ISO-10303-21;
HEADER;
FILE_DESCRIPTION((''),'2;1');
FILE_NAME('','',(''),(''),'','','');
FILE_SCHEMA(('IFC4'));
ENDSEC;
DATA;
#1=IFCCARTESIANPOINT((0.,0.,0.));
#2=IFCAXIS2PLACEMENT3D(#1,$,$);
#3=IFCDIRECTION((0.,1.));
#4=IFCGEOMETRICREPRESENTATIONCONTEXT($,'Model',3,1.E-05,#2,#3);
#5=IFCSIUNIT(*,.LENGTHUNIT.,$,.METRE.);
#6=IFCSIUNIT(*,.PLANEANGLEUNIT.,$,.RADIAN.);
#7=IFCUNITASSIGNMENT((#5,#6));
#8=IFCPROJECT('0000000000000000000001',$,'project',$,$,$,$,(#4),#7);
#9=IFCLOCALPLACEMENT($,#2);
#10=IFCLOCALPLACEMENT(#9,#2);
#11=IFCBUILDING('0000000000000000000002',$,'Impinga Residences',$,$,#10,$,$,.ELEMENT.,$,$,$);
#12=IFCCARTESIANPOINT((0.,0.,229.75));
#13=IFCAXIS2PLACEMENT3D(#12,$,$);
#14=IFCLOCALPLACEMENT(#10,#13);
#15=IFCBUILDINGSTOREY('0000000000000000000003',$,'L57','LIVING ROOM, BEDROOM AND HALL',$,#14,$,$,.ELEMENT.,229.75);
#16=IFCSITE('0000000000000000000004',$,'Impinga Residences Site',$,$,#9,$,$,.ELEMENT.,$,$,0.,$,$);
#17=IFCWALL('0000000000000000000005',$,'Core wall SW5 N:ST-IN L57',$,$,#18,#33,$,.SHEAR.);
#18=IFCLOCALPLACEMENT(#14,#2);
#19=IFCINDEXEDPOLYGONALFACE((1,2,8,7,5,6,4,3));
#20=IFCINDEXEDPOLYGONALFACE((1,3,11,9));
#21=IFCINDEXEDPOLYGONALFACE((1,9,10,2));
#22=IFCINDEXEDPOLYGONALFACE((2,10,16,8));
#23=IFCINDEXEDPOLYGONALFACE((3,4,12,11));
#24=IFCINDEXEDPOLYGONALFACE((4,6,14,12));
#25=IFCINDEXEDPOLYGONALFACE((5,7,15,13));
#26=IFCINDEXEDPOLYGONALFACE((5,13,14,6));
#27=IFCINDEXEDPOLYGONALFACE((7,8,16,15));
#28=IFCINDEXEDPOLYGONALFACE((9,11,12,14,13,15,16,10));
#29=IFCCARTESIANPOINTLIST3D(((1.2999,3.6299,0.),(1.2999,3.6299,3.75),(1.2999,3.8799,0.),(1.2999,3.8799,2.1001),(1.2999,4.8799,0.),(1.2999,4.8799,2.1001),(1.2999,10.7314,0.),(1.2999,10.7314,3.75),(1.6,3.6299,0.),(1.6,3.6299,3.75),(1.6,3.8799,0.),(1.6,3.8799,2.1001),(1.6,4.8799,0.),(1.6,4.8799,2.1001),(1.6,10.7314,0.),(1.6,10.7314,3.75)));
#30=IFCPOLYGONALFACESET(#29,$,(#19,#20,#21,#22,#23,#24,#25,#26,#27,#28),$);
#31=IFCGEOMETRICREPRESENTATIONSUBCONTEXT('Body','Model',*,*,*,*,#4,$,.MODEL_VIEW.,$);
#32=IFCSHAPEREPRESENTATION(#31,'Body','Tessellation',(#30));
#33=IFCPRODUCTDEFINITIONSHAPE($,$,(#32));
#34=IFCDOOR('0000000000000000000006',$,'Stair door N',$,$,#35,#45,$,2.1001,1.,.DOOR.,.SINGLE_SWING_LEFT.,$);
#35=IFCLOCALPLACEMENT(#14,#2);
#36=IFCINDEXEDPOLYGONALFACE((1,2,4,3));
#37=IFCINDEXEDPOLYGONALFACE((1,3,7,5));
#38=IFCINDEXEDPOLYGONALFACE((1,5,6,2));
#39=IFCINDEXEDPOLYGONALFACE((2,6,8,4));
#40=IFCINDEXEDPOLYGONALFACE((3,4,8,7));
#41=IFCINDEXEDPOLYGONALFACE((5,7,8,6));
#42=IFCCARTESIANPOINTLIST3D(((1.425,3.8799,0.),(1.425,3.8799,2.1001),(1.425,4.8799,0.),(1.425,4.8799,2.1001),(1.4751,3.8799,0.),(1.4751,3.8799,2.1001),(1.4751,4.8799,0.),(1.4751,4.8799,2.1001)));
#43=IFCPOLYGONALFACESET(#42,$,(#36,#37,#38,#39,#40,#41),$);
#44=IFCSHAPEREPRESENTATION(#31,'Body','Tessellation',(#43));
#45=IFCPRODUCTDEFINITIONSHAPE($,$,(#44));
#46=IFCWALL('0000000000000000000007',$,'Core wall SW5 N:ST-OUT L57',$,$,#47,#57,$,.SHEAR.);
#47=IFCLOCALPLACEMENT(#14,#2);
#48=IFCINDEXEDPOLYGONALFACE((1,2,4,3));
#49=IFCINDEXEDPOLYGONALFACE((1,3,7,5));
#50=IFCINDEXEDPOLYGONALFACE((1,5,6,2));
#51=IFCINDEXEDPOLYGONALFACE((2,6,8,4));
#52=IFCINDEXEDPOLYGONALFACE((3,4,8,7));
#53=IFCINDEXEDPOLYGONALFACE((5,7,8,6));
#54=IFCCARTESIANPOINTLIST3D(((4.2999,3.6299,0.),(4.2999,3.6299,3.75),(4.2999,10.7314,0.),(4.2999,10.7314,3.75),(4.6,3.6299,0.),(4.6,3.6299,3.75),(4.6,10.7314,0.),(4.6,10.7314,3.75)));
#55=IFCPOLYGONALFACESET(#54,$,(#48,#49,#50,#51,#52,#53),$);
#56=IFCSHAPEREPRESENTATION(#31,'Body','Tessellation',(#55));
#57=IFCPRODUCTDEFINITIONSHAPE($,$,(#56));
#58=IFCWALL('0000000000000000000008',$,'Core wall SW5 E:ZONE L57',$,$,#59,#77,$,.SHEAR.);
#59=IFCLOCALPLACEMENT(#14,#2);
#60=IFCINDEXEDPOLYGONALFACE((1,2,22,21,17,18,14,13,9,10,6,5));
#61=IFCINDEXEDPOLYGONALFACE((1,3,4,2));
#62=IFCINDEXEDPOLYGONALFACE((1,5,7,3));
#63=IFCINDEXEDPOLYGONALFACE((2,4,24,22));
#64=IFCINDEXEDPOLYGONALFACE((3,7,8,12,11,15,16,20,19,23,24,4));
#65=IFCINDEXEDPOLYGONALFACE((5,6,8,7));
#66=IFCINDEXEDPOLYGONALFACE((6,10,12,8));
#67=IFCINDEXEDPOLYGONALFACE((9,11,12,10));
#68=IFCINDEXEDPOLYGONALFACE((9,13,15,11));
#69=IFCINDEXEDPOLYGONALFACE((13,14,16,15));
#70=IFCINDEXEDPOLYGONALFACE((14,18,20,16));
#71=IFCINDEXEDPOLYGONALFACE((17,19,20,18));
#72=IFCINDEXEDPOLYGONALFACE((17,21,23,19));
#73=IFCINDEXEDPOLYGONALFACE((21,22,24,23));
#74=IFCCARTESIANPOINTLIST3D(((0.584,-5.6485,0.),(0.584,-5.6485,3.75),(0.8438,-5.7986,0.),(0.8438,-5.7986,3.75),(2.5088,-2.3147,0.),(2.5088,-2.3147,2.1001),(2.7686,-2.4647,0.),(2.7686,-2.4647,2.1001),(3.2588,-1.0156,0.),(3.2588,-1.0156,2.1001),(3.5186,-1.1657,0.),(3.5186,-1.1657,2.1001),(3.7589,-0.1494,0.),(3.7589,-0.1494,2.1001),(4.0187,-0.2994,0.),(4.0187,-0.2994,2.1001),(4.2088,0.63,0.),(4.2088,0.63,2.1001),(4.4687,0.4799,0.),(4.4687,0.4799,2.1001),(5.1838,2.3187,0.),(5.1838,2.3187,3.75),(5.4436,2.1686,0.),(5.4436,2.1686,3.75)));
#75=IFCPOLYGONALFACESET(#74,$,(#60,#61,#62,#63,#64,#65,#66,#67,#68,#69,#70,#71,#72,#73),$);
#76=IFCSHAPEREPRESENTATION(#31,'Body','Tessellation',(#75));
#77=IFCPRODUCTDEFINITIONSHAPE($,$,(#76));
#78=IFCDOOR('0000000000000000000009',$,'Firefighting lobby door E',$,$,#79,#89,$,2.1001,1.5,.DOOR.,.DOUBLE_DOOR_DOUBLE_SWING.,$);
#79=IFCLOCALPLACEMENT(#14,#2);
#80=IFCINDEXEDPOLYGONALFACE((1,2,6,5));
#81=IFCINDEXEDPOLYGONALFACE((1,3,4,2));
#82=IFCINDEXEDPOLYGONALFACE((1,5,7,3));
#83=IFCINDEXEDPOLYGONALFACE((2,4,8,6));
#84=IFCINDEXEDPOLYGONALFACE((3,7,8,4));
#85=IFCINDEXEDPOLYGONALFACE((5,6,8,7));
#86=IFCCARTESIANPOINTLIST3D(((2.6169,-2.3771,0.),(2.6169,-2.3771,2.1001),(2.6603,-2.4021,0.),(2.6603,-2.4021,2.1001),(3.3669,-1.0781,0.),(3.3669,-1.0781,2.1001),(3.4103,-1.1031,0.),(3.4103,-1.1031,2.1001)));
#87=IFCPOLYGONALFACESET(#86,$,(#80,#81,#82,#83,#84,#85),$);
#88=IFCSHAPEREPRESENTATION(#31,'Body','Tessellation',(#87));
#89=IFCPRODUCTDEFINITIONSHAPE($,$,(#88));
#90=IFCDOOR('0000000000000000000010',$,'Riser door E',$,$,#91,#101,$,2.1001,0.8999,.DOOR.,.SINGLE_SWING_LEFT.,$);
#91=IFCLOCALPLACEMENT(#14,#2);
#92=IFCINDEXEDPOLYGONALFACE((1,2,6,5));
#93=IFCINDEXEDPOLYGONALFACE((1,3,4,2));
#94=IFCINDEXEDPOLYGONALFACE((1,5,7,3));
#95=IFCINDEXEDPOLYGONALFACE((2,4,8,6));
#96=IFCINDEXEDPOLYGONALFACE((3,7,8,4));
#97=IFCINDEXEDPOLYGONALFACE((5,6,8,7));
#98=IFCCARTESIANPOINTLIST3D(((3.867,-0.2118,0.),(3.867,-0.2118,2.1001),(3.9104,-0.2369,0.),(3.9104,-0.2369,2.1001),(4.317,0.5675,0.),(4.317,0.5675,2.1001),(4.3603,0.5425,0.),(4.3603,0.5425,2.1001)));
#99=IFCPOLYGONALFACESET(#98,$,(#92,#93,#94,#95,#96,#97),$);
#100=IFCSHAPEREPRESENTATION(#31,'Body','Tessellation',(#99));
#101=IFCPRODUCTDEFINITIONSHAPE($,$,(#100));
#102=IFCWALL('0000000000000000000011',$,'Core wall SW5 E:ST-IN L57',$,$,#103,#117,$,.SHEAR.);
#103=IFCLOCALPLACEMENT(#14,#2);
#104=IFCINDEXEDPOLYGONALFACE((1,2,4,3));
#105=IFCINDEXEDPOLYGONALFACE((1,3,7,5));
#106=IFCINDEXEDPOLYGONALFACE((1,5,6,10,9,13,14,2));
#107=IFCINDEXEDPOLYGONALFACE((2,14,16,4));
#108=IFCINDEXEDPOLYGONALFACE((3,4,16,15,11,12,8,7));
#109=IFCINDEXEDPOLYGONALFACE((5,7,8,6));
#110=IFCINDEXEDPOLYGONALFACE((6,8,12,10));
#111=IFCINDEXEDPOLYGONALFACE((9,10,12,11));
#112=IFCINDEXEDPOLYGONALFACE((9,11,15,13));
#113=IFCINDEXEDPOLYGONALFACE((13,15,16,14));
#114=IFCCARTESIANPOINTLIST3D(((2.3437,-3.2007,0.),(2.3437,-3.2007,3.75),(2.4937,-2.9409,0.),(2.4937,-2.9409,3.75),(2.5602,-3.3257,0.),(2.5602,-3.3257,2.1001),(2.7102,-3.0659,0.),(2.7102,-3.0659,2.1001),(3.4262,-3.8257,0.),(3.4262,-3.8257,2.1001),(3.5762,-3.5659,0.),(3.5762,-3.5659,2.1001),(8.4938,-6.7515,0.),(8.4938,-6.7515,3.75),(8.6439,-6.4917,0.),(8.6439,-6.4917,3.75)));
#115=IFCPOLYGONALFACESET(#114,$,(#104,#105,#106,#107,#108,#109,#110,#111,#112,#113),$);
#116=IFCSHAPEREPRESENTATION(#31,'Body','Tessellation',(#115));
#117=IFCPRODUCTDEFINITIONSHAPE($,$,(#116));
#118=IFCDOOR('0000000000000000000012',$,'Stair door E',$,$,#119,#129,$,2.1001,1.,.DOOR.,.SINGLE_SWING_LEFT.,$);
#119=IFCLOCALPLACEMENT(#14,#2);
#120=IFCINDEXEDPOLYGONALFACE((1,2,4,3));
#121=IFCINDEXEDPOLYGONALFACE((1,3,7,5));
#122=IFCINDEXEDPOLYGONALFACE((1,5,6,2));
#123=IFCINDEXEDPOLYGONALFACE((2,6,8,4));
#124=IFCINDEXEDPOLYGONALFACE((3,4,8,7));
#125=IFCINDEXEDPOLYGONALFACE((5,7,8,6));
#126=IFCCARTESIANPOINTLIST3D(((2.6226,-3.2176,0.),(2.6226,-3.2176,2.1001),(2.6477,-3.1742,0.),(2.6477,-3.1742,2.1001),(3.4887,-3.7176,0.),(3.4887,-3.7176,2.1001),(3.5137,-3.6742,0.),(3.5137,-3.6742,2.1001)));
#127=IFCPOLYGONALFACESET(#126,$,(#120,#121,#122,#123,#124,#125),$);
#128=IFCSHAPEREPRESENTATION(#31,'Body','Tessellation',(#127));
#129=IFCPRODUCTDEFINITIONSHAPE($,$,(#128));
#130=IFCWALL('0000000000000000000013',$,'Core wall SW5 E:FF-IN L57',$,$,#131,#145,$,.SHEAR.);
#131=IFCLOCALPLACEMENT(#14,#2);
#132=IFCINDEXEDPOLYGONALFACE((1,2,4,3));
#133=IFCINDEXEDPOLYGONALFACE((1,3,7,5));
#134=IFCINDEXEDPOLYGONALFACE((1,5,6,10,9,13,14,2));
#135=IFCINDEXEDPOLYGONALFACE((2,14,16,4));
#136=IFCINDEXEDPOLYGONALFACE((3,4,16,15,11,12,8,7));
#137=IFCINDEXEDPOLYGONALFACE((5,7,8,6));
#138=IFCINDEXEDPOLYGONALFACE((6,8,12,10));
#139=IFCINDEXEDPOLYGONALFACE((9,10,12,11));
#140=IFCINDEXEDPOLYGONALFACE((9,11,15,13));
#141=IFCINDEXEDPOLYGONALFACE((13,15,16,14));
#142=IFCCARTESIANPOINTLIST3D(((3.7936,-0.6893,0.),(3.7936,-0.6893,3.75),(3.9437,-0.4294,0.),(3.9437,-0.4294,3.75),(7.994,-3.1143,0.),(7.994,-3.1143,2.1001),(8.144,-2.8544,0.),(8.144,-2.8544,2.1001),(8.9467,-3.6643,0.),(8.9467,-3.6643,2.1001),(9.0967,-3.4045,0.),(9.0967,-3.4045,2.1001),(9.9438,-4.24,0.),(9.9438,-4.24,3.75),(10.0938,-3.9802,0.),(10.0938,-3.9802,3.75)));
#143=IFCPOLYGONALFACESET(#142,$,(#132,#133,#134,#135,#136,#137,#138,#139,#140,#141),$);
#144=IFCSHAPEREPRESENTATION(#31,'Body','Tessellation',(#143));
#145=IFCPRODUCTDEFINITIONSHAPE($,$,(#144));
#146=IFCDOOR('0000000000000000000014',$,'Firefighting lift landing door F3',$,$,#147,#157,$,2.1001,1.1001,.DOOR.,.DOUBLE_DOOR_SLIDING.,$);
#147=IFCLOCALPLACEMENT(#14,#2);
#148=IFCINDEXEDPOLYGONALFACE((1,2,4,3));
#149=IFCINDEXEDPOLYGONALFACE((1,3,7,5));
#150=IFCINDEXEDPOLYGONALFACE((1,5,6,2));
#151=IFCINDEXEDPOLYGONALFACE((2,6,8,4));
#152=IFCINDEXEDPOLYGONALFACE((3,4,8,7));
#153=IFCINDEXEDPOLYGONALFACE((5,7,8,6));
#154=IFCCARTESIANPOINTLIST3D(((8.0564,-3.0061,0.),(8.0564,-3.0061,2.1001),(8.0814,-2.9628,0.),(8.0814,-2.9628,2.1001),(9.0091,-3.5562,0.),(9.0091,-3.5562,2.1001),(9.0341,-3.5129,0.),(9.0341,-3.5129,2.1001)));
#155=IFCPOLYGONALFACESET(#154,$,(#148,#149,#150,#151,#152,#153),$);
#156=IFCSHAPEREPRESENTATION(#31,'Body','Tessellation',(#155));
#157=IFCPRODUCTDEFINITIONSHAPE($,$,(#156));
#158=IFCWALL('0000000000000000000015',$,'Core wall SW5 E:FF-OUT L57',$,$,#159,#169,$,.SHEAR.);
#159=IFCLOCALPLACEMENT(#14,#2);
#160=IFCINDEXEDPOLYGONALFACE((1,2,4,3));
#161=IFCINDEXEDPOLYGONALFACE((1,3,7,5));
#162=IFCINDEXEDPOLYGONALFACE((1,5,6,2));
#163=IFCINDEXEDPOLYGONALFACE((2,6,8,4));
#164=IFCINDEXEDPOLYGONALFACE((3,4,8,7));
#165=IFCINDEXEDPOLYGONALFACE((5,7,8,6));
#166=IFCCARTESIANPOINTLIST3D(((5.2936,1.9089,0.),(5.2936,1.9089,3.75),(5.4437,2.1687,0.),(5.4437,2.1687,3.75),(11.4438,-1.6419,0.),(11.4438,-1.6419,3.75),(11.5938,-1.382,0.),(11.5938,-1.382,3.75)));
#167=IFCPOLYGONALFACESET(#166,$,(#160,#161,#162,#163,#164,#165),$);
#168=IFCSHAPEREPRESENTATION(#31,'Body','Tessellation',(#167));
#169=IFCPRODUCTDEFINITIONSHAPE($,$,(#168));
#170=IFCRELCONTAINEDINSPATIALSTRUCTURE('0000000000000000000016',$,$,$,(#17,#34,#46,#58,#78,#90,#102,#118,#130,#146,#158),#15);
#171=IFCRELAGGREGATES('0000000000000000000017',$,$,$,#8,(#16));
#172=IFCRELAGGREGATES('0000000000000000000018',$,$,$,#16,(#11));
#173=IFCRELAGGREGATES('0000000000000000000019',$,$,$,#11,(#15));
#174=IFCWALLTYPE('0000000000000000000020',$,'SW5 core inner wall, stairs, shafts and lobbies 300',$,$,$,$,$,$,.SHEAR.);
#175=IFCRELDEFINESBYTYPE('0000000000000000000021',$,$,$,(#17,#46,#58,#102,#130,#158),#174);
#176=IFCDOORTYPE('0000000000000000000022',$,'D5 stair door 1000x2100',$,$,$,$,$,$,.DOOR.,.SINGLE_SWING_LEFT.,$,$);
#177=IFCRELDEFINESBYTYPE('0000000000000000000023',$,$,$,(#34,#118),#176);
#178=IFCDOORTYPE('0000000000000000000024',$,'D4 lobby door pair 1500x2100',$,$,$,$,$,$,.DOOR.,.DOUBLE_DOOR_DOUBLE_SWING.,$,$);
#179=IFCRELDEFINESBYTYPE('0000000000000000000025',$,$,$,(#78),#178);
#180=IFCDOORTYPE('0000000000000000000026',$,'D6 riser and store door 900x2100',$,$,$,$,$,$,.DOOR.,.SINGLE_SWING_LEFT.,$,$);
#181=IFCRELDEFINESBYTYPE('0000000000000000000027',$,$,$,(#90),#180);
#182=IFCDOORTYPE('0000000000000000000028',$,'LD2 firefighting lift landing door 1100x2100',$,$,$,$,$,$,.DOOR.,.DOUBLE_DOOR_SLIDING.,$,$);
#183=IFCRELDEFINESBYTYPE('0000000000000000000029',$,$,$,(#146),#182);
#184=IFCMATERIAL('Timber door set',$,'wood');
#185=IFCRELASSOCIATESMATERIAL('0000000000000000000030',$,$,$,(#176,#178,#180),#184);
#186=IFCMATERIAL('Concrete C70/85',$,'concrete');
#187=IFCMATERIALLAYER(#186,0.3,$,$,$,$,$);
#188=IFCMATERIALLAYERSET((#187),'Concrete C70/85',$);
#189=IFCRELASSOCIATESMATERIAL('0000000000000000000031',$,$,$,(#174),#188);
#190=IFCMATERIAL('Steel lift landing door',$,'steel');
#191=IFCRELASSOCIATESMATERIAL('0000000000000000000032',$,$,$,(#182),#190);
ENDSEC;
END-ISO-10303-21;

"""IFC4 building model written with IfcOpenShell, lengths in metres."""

from ifc_helpers import new_model, si_unit, direction, frame, frame_2d, origin, place, context, subcontext, project, spatial, rectangle, extrude, material, layer, layer_set, type_object, element, fill, save


model = new_model("IFC4")

# Units and contexts
model_context = context("Model", 3, precision=1e-05, world=origin(), true_north=direction((0.0, 1.0)))
body_context = subcontext(model_context, "Body", "Model", "MODEL_VIEW")
ifc_project = project(units=[si_unit("LENGTHUNIT", "METRE"), si_unit("PLANEANGLEUNIT", "RADIAN")], contexts=[model_context])

# Site, building, storey
site_placement = place(None, origin())
site = spatial("IfcSite", under=ifc_project, at=site_placement, Name="Impinga Residences Site", CompositionType="ELEMENT", RefElevation=0.0)
building_placement = place(site_placement, origin())
building = spatial("IfcBuilding", under=site, at=building_placement, Name="Impinga Residences", CompositionType="ELEMENT")
storey_placement = place(building_placement, frame((0.0, 0.0, 229.75)))
storey = spatial("IfcBuildingStorey", under=building, at=storey_placement, Name="L57", Description="LIVING ROOM, BEDROOM AND HALL", CompositionType="ELEMENT", Elevation=229.75)

# Shared definitions
ifc_material_1 = material(Name="Timber door set", Category="wood")
door_type_1 = type_object("IfcDoorType", Name="D5 stair door 1000x2100", OperationType="SINGLE_SWING_LEFT", PredefinedType="DOOR", material=ifc_material_1)

# Wall, opening, door
ifc_material_2 = material(Name="Concrete C70/85", Category="concrete")
ifc_layer_1 = layer(ifc_material_2, 0.3)
ifc_layer_set_1 = layer_set([ifc_layer_1], Name="Concrete C70/85")
wall_type_1 = type_object("IfcWallType", Name="SW5 core inner wall, stairs, shafts and lobbies 300", PredefinedType="SHEAR", material=ifc_layer_set_1)
wall_1_placement = place(storey_placement, frame((1.45, 3.6299, 0.0), z_axis=(0.0, 0.0, 1.0), x_axis=(0.0, 1.0, 0.0)))
wall_1 = element("IfcWall", 1, at=wall_1_placement, inside=storey, type_object=wall_type_1, Name="Core wall SW5 N:ST-IN L57", PredefinedType="SHEAR", context=body_context, shape_type="SweptSolid", body=[
    extrude(rectangle(XDim=7.1016, YDim=0.3, at=frame_2d((3.5508, 0.0))), origin(), (0.0, 0.0, 1.0), 3.75),
])
opening_1_placement = place(wall_1_placement, frame((0.25, 0.0, 0.0)))
opening_1 = element("IfcOpeningElement", 2, at=opening_1_placement, cuts=wall_1, PredefinedType="OPENING", context=body_context, shape_type="SweptSolid", body=[
    extrude(rectangle(XDim=1.0, YDim=2.1001, at=frame_2d((0.5, 1.05))), frame((0.0, 0.1599, 0.0), z_axis=(0.0, -1.0, 0.0), x_axis=(1.0, 0.0, 0.0)), (0.0, 0.0, 1.0), 0.3201),
])
door_1_placement = place(opening_1_placement, origin())
door_1 = element("IfcDoor", 3, at=door_1_placement, inside=storey, type_object=door_type_1, Name="Stair door N", OperationType="SINGLE_SWING_LEFT", OverallHeight=2.1001, OverallWidth=1.0, PredefinedType="DOOR", context=body_context, shape_type="SweptSolid", body=[
    extrude(rectangle(XDim=1.0, YDim=2.1001, at=frame_2d((0.5, 1.05))), frame((0.0, 0.0249, 0.0), z_axis=(0.0, -1.0, 0.0), x_axis=(1.0, 0.0, 0.0)), (0.0, 0.0, 1.0), 0.05),
])
fill(opening_1, door_1)

# Wall
wall_2_placement = place(storey_placement, frame((4.45, 3.6299, 0.0), z_axis=(0.0, 0.0, 1.0), x_axis=(0.0, 1.0, 0.0)))
element("IfcWall", 4, at=wall_2_placement, inside=storey, type_object=wall_type_1, Name="Core wall SW5 N:ST-OUT L57", PredefinedType="SHEAR", context=body_context, shape_type="SweptSolid", body=[
    extrude(rectangle(XDim=7.1016, YDim=0.3, at=frame_2d((3.5508, 0.0))), origin(), (0.0, 0.0, 1.0), 3.75),
])

# Wall, openings, doors
wall_3_placement = place(storey_placement, frame((5.3137, 2.2437, 0.0), z_axis=(0.0, 0.0, 1.0), x_axis=(-0.499995, -0.866028, 0.0)))
wall_3 = element("IfcWall", 5, at=wall_3_placement, inside=storey, type_object=wall_type_1, Name="Core wall SW5 E:ZONE L57", PredefinedType="SHEAR", context=body_context, shape_type="SweptSolid", body=[
    extrude(rectangle(XDim=9.1997, YDim=0.3, at=frame_2d((4.5999, 0.0))), origin(), (0.0, 0.0, 1.0), 3.75),
])
opening_2_placement = place(wall_3_placement, frame((3.8501, 0.0, 0.0)))
opening_2 = element("IfcOpeningElement", 6, at=opening_2_placement, cuts=wall_3, PredefinedType="OPENING", context=body_context, shape_type="SweptSolid", body=[
    extrude(rectangle(XDim=1.5, YDim=2.1001, at=frame_2d((0.75, 1.05))), frame((0.0, 0.1599, 0.0), z_axis=(0.0, -1.0, 0.0), x_axis=(1.0, 0.0, 0.0)), (0.0, 0.0, 1.0), 0.3201),
])
opening_3_placement = place(wall_3_placement, frame((1.95, 0.0, 0.0)))
opening_3 = element("IfcOpeningElement", 7, at=opening_3_placement, cuts=wall_3, PredefinedType="OPENING", context=body_context, shape_type="SweptSolid", body=[
    extrude(rectangle(XDim=0.8999, YDim=2.1001, at=frame_2d((0.45, 1.05))), frame((0.0, 0.1599, 0.0), z_axis=(0.0, -1.0, 0.0), x_axis=(1.0, 0.0, 0.0)), (0.0, 0.0, 1.0), 0.3201),
])
door_type_2 = type_object("IfcDoorType", Name="D4 lobby door pair 1500x2100", OperationType="DOUBLE_DOOR_DOUBLE_SWING", PredefinedType="DOOR", material=ifc_material_1)
door_2_placement = place(opening_2_placement, origin())
door_2 = element("IfcDoor", 8, at=door_2_placement, inside=storey, type_object=door_type_2, Name="Firefighting lobby door E", OperationType="DOUBLE_DOOR_DOUBLE_SWING", OverallHeight=2.1001, OverallWidth=1.5, PredefinedType="DOOR", context=body_context, shape_type="SweptSolid", body=[
    extrude(rectangle(XDim=1.5, YDim=2.1001, at=frame_2d((0.75, 1.05))), frame((0.0, 0.0249, 0.0), z_axis=(0.0, -1.0, 0.0), x_axis=(1.0, 0.0, 0.0)), (0.0, 0.0, 1.0), 0.05),
])
fill(opening_2, door_2)
door_type_3 = type_object("IfcDoorType", Name="D6 riser and store door 900x2100", OperationType="SINGLE_SWING_LEFT", PredefinedType="DOOR", material=ifc_material_1)
door_3_placement = place(opening_3_placement, origin())
door_3 = element("IfcDoor", 9, at=door_3_placement, inside=storey, type_object=door_type_3, Name="Riser door E", OperationType="SINGLE_SWING_LEFT", OverallHeight=2.1001, OverallWidth=0.8999, PredefinedType="DOOR", context=body_context, shape_type="SweptSolid", body=[
    extrude(rectangle(XDim=0.8999, YDim=2.1001, at=frame_2d((0.45, 1.05))), frame((0.0, 0.0249, 0.0), z_axis=(0.0, -1.0, 0.0), x_axis=(1.0, 0.0, 0.0)), (0.0, 0.0, 1.0), 0.05),
])
fill(opening_3, door_3)

# Walls, openings, doors
wall_4_placement = place(storey_placement, frame((2.4187, -3.0708, 0.0), z_axis=(0.0, 0.0, 1.0), x_axis=(0.866026, -0.499999, 0.0)))
wall_4 = element("IfcWall", 10, at=wall_4_placement, inside=storey, type_object=wall_type_1, Name="Core wall SW5 E:ST-IN L57", PredefinedType="SHEAR", context=body_context, shape_type="SweptSolid", body=[
    extrude(rectangle(XDim=7.1016, YDim=0.3, at=frame_2d((3.5508, 0.0))), origin(), (0.0, 0.0, 1.0), 3.75),
])
opening_4_placement = place(wall_4_placement, frame((0.25, 0.0, 0.0)))
opening_4 = element("IfcOpeningElement", 11, at=opening_4_placement, cuts=wall_4, PredefinedType="OPENING", context=body_context, shape_type="SweptSolid", body=[
    extrude(rectangle(XDim=1.0, YDim=2.1001, at=frame_2d((0.5, 1.05))), frame((0.0, 0.1599, 0.0), z_axis=(0.0, -1.0, 0.0), x_axis=(1.0, 0.0, 0.0)), (0.0, 0.0, 1.0), 0.3201),
])
door_4_placement = place(opening_4_placement, origin())
door_4 = element("IfcDoor", 12, at=door_4_placement, inside=storey, type_object=door_type_1, Name="Stair door E", OperationType="SINGLE_SWING_LEFT", OverallHeight=2.1001, OverallWidth=1.0, PredefinedType="DOOR", context=body_context, shape_type="SweptSolid", body=[
    extrude(rectangle(XDim=1.0, YDim=2.1001, at=frame_2d((0.5, 1.05))), frame((0.0, 0.0249, 0.0), z_axis=(0.0, -1.0, 0.0), x_axis=(1.0, 0.0, 0.0)), (0.0, 0.0, 1.0), 0.05),
])
fill(opening_4, door_4)
wall_5_placement = place(storey_placement, frame((3.8687, -0.5593, 0.0), z_axis=(0.0, 0.0, 1.0), x_axis=(0.866026, -0.499999, 0.0)))
wall_5 = element("IfcWall", 13, at=wall_5_placement, inside=storey, type_object=wall_type_1, Name="Core wall SW5 E:FF-IN L57", PredefinedType="SHEAR", context=body_context, shape_type="SweptSolid", body=[
    extrude(rectangle(XDim=7.1016, YDim=0.3, at=frame_2d((3.5508, 0.0))), origin(), (0.0, 0.0, 1.0), 3.75),
])
opening_5_placement = place(wall_5_placement, frame((4.8501, 0.0, 0.0)))
opening_5 = element("IfcOpeningElement", 14, at=opening_5_placement, cuts=wall_5, PredefinedType="OPENING", context=body_context, shape_type="SweptSolid", body=[
    extrude(rectangle(XDim=1.1001, YDim=2.1001, at=frame_2d((0.55, 1.05))), frame((0.0, 0.1599, 0.0), z_axis=(0.0, -1.0, 0.0), x_axis=(1.0, 0.0, 0.0)), (0.0, 0.0, 1.0), 0.3201),
])
ifc_material_3 = material(Name="Steel lift landing door", Category="steel")
door_type_4 = type_object("IfcDoorType", Name="LD2 firefighting lift landing door 1100x2100", OperationType="DOUBLE_DOOR_SLIDING", PredefinedType="DOOR", material=ifc_material_3)
door_5_placement = place(opening_5_placement, origin())
door_5 = element("IfcDoor", 15, at=door_5_placement, inside=storey, type_object=door_type_4, Name="Firefighting lift landing door F3", OperationType="DOUBLE_DOOR_SLIDING", OverallHeight=2.1001, OverallWidth=1.1001, PredefinedType="DOOR", context=body_context, shape_type="SweptSolid", body=[
    extrude(rectangle(XDim=1.1001, YDim=2.1001, at=frame_2d((0.55, 1.05))), frame((0.0, 0.0249, 0.0), z_axis=(0.0, -1.0, 0.0), x_axis=(1.0, 0.0, 0.0)), (0.0, 0.0, 1.0), 0.05),
])
fill(opening_5, door_5)

# Wall
wall_6_placement = place(storey_placement, frame((5.3687, 2.0388, 0.0), z_axis=(0.0, 0.0, 1.0), x_axis=(0.866026, -0.499999, 0.0)))
element("IfcWall", 16, at=wall_6_placement, inside=storey, type_object=wall_type_1, Name="Core wall SW5 E:FF-OUT L57", PredefinedType="SHEAR", context=body_context, shape_type="SweptSolid", body=[
    extrude(rectangle(XDim=7.1016, YDim=0.3, at=frame_2d((3.5508, 0.0))), origin(), (0.0, 0.0, 1.0), 3.75),
])

save(model, "model.ifc")
